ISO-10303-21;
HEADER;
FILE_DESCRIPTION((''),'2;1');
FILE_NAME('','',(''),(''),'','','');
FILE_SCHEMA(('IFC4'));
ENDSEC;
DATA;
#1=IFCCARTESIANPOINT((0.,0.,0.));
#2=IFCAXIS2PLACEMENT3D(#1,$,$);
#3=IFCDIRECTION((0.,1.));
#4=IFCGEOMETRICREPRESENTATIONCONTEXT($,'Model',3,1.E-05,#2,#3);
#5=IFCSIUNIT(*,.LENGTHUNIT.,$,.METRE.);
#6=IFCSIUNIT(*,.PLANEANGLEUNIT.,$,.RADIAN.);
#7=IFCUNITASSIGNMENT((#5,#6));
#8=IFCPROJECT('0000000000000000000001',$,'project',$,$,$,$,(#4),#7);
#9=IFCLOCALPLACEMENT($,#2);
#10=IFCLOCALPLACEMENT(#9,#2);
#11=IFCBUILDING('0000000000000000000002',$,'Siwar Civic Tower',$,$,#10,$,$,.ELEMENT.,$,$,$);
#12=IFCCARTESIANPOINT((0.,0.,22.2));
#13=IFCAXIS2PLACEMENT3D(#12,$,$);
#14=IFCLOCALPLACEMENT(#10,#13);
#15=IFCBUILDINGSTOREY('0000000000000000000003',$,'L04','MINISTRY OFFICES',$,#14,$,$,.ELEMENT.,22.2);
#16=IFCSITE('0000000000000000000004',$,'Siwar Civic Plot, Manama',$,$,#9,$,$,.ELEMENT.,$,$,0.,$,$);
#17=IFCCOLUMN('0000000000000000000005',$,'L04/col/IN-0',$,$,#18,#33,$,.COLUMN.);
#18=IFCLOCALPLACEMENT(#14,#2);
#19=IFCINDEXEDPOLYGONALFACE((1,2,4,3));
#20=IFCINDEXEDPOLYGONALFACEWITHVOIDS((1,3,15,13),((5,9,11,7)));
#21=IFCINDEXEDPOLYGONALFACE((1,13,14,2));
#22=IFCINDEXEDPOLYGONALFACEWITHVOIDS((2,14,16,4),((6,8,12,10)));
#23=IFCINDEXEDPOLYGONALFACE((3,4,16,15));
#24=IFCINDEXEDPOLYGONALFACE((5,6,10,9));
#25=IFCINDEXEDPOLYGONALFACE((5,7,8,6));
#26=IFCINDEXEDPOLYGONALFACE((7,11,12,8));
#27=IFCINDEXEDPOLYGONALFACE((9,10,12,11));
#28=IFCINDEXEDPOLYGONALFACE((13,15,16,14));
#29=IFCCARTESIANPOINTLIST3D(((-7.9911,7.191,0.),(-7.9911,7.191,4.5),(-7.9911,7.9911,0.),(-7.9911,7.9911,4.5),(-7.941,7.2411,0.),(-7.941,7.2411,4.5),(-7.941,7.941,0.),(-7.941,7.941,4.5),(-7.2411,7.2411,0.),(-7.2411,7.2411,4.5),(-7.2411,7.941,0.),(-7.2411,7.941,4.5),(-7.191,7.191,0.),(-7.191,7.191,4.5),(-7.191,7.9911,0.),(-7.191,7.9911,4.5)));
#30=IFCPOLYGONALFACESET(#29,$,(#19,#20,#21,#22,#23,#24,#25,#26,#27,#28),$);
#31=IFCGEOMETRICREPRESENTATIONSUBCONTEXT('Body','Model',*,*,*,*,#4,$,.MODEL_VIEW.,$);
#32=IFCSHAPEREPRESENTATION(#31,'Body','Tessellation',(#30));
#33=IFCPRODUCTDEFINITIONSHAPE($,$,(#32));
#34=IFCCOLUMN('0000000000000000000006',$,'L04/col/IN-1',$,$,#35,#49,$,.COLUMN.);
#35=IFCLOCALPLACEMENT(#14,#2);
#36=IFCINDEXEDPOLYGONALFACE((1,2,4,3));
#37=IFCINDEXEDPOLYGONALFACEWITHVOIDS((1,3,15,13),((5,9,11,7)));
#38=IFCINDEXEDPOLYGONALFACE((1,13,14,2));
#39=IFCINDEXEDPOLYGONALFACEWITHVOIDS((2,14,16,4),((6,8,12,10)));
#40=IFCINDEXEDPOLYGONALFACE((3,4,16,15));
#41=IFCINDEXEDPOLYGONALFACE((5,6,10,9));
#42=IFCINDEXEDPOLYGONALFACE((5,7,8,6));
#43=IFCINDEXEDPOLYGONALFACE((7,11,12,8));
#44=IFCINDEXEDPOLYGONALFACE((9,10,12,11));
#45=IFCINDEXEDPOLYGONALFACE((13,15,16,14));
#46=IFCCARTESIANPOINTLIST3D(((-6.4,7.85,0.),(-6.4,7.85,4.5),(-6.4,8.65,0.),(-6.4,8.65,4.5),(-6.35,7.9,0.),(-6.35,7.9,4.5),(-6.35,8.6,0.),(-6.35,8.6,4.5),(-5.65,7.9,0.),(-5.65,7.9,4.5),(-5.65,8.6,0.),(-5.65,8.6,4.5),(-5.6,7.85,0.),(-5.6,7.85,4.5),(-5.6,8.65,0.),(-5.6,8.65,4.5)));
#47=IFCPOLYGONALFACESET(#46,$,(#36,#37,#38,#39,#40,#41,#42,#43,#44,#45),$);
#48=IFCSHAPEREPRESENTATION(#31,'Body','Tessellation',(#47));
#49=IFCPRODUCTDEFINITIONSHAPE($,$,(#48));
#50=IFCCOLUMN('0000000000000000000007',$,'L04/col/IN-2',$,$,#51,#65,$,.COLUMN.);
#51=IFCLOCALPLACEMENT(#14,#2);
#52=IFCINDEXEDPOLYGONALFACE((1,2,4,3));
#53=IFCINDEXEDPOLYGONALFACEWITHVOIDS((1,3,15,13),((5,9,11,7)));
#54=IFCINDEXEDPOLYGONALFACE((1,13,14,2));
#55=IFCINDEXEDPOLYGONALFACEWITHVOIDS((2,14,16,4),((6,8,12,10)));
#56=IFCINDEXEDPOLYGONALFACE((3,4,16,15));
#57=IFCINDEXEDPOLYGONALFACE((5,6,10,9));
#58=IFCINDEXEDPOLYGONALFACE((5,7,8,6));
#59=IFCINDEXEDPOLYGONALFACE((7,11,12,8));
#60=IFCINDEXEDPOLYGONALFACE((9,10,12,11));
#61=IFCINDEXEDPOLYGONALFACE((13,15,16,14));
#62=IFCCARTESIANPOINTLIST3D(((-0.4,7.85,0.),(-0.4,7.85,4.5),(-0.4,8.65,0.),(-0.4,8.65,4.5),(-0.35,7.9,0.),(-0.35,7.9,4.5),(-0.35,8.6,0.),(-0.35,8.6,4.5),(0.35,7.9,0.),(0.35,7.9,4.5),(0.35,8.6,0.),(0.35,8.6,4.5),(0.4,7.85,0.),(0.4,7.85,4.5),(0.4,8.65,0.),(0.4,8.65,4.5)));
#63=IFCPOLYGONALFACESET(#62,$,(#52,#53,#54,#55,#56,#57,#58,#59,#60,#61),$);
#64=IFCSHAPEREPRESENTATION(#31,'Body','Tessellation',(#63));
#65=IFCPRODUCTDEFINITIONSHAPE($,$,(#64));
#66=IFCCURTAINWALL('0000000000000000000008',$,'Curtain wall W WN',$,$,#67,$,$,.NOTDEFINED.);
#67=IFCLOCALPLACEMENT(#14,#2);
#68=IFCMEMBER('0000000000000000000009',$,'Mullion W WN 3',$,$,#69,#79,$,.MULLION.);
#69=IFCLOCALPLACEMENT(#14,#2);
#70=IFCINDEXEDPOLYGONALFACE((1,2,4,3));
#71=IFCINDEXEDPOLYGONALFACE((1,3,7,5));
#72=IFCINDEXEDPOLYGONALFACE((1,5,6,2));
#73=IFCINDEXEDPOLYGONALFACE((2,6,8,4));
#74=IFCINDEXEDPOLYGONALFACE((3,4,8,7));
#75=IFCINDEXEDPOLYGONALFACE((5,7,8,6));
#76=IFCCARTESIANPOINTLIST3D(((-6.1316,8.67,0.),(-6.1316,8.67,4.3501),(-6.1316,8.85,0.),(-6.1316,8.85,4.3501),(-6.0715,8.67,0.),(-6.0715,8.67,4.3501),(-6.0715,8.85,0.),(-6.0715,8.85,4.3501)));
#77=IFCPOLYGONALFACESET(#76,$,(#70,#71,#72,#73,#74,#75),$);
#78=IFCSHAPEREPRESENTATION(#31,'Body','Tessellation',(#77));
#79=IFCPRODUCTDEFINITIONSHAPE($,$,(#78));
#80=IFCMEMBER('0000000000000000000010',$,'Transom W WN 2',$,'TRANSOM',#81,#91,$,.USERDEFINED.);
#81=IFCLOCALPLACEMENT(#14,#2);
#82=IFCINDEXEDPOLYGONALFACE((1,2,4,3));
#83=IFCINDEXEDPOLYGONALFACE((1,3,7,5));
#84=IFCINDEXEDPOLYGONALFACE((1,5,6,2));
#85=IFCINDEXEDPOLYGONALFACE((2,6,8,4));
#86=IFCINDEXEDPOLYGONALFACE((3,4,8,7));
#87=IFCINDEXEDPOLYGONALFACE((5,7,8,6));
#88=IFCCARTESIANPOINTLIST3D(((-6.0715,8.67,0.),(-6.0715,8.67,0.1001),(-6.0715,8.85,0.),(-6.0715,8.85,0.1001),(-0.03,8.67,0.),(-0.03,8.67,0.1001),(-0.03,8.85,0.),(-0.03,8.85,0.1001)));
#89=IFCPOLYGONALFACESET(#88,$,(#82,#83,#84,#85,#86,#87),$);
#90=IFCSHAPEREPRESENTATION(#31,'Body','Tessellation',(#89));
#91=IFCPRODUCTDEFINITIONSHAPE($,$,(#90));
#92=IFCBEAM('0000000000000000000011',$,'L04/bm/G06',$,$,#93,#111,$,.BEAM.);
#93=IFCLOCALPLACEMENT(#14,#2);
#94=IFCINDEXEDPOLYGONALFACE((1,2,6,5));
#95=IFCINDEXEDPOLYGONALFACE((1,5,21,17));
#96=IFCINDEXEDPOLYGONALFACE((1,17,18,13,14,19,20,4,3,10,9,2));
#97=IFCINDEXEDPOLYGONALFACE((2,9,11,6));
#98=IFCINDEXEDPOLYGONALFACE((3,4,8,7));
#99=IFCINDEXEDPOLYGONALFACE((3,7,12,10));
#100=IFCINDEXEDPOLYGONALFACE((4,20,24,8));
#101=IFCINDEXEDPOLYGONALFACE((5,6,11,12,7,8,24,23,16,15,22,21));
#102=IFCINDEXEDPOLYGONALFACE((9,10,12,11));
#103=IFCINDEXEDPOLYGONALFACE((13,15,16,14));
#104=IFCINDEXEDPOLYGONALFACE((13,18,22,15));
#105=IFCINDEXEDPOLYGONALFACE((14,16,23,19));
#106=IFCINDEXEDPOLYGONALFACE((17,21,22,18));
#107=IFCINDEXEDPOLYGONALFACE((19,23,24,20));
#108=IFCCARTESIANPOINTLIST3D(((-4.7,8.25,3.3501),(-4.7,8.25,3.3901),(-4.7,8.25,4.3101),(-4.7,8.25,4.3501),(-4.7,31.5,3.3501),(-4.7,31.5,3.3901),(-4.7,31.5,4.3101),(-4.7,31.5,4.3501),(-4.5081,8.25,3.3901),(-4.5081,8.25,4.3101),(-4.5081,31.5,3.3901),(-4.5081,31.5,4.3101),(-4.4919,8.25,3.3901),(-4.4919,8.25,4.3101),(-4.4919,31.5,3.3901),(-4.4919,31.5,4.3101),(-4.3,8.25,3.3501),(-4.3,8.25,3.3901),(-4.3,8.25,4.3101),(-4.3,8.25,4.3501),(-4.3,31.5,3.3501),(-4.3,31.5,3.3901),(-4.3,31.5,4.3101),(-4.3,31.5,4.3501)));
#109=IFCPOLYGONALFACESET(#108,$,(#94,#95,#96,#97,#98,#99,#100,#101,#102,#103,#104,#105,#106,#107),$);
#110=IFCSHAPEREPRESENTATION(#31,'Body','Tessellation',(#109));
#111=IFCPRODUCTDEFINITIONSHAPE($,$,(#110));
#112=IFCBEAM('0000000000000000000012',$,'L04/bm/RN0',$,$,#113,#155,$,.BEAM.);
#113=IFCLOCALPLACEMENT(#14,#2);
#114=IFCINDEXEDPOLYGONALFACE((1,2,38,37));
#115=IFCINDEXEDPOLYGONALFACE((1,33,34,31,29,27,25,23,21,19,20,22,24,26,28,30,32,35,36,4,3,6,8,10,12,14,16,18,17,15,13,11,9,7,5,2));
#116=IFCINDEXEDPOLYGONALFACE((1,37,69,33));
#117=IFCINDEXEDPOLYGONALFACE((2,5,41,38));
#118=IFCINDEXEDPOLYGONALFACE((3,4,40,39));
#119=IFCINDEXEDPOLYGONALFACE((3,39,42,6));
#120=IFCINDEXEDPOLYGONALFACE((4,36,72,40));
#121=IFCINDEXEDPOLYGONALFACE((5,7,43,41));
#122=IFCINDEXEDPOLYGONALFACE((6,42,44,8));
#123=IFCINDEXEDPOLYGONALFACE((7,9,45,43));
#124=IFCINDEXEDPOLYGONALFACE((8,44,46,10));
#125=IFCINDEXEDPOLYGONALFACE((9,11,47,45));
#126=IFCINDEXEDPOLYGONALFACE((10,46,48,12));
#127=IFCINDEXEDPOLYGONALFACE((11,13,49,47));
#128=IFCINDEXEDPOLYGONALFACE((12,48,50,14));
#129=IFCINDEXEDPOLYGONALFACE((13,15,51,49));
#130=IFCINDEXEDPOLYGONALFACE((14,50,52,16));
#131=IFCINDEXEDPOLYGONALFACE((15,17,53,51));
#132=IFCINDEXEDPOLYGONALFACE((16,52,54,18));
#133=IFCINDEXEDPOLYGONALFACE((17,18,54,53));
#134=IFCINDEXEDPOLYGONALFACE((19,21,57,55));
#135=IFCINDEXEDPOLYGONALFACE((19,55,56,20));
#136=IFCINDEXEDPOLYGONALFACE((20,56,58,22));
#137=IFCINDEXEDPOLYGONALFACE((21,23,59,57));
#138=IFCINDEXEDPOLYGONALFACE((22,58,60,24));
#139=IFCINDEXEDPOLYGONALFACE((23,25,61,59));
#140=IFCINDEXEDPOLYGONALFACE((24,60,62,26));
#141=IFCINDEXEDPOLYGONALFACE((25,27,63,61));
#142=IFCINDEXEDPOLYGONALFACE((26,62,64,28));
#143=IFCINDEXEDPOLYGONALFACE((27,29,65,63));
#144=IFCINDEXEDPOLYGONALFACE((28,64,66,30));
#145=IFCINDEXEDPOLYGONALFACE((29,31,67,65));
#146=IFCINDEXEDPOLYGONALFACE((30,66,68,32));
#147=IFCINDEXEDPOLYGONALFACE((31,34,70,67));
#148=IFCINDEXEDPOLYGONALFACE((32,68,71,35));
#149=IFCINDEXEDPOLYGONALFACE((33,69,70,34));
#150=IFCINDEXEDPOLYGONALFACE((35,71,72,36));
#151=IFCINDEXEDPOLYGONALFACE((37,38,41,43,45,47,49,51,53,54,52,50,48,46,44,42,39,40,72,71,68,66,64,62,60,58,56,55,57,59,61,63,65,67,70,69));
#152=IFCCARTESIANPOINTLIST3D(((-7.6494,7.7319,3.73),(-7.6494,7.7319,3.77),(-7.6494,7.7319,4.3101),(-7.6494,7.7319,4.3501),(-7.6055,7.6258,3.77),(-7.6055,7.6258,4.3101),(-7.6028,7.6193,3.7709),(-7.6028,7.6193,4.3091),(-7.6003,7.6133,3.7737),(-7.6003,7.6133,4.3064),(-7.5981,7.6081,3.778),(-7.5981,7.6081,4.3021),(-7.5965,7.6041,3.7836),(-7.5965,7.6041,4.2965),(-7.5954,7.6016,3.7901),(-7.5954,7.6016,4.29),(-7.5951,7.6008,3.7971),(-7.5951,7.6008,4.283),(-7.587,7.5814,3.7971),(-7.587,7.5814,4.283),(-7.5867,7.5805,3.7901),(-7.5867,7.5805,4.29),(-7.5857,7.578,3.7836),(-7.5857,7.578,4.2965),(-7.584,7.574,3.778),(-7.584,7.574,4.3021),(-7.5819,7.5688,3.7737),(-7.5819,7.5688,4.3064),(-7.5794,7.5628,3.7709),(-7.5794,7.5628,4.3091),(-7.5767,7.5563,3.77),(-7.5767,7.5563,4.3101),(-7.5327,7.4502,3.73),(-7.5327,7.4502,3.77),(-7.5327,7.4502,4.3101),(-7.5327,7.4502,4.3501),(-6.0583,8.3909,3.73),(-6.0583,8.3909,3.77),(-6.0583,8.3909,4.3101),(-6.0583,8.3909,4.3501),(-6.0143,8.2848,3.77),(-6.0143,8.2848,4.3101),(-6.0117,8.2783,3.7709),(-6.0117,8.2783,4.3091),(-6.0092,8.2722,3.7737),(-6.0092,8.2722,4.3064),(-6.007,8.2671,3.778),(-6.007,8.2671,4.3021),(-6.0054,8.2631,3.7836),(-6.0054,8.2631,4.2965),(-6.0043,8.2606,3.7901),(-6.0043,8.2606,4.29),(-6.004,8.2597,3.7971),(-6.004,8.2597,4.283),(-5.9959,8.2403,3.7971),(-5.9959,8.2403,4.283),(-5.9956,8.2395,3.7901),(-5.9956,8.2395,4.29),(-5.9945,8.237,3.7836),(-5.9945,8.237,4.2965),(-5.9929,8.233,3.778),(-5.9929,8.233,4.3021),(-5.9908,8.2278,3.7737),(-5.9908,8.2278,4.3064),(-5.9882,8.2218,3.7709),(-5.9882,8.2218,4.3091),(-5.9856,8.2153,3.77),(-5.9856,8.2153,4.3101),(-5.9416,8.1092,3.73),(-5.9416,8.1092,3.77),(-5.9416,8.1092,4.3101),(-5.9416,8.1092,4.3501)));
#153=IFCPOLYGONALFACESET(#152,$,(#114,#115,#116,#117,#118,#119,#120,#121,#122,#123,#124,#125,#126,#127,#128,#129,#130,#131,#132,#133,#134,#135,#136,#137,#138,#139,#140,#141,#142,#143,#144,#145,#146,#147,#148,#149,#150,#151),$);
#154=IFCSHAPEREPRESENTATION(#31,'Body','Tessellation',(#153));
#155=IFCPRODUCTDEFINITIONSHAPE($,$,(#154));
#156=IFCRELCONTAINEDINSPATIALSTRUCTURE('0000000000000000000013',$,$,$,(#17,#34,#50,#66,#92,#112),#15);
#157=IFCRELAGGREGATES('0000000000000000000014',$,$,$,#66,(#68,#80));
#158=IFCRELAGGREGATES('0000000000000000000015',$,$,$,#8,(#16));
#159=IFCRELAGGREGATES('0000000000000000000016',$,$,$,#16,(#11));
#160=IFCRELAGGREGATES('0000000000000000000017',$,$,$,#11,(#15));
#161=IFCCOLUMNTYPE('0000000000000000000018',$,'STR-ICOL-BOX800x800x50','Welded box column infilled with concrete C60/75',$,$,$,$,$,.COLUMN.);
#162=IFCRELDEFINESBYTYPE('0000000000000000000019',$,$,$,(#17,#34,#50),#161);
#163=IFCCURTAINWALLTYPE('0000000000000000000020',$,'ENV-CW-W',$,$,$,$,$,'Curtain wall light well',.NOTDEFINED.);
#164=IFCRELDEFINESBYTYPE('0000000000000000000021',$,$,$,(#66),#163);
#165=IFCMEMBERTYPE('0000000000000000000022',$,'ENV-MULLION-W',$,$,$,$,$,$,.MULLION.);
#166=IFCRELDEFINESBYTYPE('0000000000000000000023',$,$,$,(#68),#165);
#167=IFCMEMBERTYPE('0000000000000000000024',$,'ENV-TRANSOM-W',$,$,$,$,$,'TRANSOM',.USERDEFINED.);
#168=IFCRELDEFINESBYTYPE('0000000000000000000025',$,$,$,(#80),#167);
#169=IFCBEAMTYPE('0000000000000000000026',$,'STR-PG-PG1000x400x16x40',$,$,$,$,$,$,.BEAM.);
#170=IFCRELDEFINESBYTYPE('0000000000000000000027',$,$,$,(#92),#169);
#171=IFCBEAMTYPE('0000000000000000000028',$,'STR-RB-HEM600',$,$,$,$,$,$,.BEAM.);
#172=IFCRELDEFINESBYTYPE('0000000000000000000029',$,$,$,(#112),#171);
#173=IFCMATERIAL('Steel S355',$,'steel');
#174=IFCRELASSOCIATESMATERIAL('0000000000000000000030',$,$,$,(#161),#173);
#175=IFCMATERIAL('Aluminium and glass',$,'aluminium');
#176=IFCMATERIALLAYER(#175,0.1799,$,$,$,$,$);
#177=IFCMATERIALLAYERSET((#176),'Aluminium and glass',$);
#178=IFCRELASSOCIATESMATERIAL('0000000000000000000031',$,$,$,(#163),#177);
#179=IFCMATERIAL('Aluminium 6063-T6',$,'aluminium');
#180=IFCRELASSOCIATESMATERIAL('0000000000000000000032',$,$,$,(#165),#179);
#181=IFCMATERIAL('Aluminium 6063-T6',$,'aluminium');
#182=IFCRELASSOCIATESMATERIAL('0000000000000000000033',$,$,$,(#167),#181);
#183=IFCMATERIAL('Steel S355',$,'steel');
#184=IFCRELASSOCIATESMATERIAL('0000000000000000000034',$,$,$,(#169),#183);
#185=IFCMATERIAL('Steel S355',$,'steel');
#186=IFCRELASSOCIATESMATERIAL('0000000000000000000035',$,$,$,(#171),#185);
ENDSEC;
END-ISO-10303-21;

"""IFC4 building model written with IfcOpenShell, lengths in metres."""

from ifc_helpers import new_model, si_unit, direction, frame, origin, origin_2d, place, context, subcontext, project, spatial, rectangle, hollow_rectangle, i_section, extrude, material, layer, layer_set, material_profile, profile_set, type_object, element, aggregate, save


model = new_model("IFC4")

# Units and contexts
model_context = context("Model", 3, precision=1e-05, world=origin(), true_north=direction((0.0, 1.0)))
body_context = subcontext(model_context, "Body", "Model", "MODEL_VIEW")
ifc_project = project(units=[si_unit("LENGTHUNIT", "METRE"), si_unit("PLANEANGLEUNIT", "RADIAN")], contexts=[model_context])

# Site, building, storey
site_placement = place(None, origin())
site = spatial("IfcSite", under=ifc_project, at=site_placement, Name="Siwar Civic Plot, Manama", CompositionType="ELEMENT", RefElevation=0.0)
building_placement = place(site_placement, origin())
building = spatial("IfcBuilding", under=site, at=building_placement, Name="Siwar Civic Tower", CompositionType="ELEMENT")
storey_placement = place(building_placement, frame((0.0, 0.0, 22.2)))
storey = spatial("IfcBuildingStorey", under=building, at=storey_placement, Name="L04", Description="MINISTRY OFFICES", CompositionType="ELEMENT", Elevation=22.2)

# Columns
ifc_material_1 = material(Name="Steel S355", Category="steel")
ifc_material_profile_1 = material_profile(ifc_material_1, hollow_rectangle(XDim=0.8, YDim=0.8, WallThickness=0.05, at=origin_2d()), Name="BOX800x800x50")
ifc_profile_set_1 = profile_set([ifc_material_profile_1], Name="Steel S355")
column_type = type_object("IfcColumnType", Name="STR-ICOL-BOX800x800x50", Description="Welded box column infilled with concrete C60/75", PredefinedType="COLUMN", material=ifc_profile_set_1)
for number, where, z_axis, x_axis, name in (
    (1, (-7.5911, 7.5911, 0.0), (0.0, 0.0, 1.0), (1.0, 0.0, 0.0), "L04/col/IN-0"),
    (2, (-6.0, 8.25, 0.0), (0.0, 0.0, 1.0), (1.0, 0.0, 0.0), "L04/col/IN-1"),
    (3, (0.0, 8.25, 0.0), (0.0, 0.0, 1.0), (1.0, 0.0, 0.0), "L04/col/IN-2"),
):
    element("IfcColumn", number, at=place(storey_placement, frame(where, z_axis=z_axis, x_axis=x_axis)), inside=storey, type_object=column_type, Name=name, PredefinedType="COLUMN", context=body_context, shape_type="SweptSolid", body=[
        extrude(hollow_rectangle(XDim=0.8, YDim=0.8, WallThickness=0.05, at=origin_2d()), origin(), (0.0, 0.0, 1.0), 4.5),
    ])

# Curtain wall, members
ifc_material_2 = material(Name="Aluminium and glass", Category="aluminium")
ifc_layer_1 = layer(ifc_material_2, 0.1799)
ifc_layer_set_1 = layer_set([ifc_layer_1], Name="Aluminium and glass")
curtain_wall_type = type_object("IfcCurtainWallType", Name="ENV-CW-W", ElementType="Curtain wall light well", PredefinedType="NOTDEFINED", material=ifc_layer_set_1)
curtain_wall_placement = place(storey_placement, origin())
curtain_wall = element("IfcCurtainWall", 4, at=curtain_wall_placement, inside=storey, type_object=curtain_wall_type, Name="Curtain wall W WN", PredefinedType="NOTDEFINED")
ifc_material_3 = material(Name="Aluminium 6063-T6", Category="aluminium")
ifc_material_profile_2 = material_profile(ifc_material_3, rectangle(XDim=0.1799, YDim=0.0601, at=origin_2d()), Name="AL 180x60")
ifc_profile_set_2 = profile_set([ifc_material_profile_2], Name="Aluminium 6063-T6")
member_type_1 = type_object("IfcMemberType", Name="ENV-MULLION-W", PredefinedType="MULLION", material=ifc_profile_set_2)
member_1_placement = place(storey_placement, frame((-6.1016, 8.76, 0.0), z_axis=(0.0, 0.0, 1.0), x_axis=(0.0, -1.0, 0.0)))
member_1 = element("IfcMember", 5, at=member_1_placement, type_object=member_type_1, Name="Mullion W WN 3", PredefinedType="MULLION", context=body_context, shape_type="SweptSolid", body=[
    extrude(rectangle(XDim=0.1799, YDim=0.0601, at=origin_2d()), origin(), (0.0, 0.0, 1.0), 4.3501),
])
ifc_material_4 = material(Name="Aluminium 6063-T6", Category="aluminium")
ifc_material_profile_3 = material_profile(ifc_material_4, rectangle(XDim=0.1799, YDim=0.1001, at=origin_2d()), Name="AL 180x100")
ifc_profile_set_3 = profile_set([ifc_material_profile_3], Name="Aluminium 6063-T6")
member_type_2 = type_object("IfcMemberType", Name="ENV-TRANSOM-W", ElementType="TRANSOM", PredefinedType="USERDEFINED", material=ifc_profile_set_3)
member_2_placement = place(storey_placement, frame((-0.03, 8.76, 0.05), z_axis=(-1.0, 0.0, 0.0), x_axis=(0.0, -1.0, 0.0)))
member_2 = element("IfcMember", 6, at=member_2_placement, type_object=member_type_2, Name="Transom W WN 2", ObjectType="TRANSOM", PredefinedType="USERDEFINED", context=body_context, shape_type="SweptSolid", body=[
    extrude(rectangle(XDim=0.1799, YDim=0.1001, at=origin_2d()), origin(), (0.0, 0.0, 1.0), 6.0415),
])

# Beams
ifc_material_5 = material(Name="Steel S355", Category="steel")
ifc_material_profile_4 = material_profile(ifc_material_5, i_section(OverallWidth=0.3999, OverallDepth=1.0, WebThickness=0.0161, FlangeThickness=0.04, at=origin_2d()), Name="PG1000x400x16x40")
ifc_profile_set_4 = profile_set([ifc_material_profile_4], Name="Steel S355")
beam_type_1 = type_object("IfcBeamType", Name="STR-PG-PG1000x400x16x40", PredefinedType="BEAM", material=ifc_profile_set_4)
beam_1_placement = place(storey_placement, frame((-4.5, 8.25, 3.8501), z_axis=(0.0, 1.0, 0.0), x_axis=(-1.0, 0.0, 0.0)))
element("IfcBeam", 7, at=beam_1_placement, inside=storey, type_object=beam_type_1, Name="L04/bm/G06", PredefinedType="BEAM", context=body_context, shape_type="SweptSolid", body=[
    extrude(i_section(OverallWidth=0.3999, OverallDepth=1.0, WebThickness=0.0161, FlangeThickness=0.04, at=origin_2d()), origin(), (0.0, 0.0, 1.0), 23.25),
])
ifc_material_6 = material(Name="Steel S355", Category="steel")
ifc_material_profile_5 = material_profile(ifc_material_6, i_section(OverallWidth=0.3049, OverallDepth=0.6201, WebThickness=0.021, FlangeThickness=0.04, FilletRadius=0.0271, at=origin_2d()), Name="HEM600")
ifc_profile_set_5 = profile_set([ifc_material_profile_5], Name="Steel S355")
beam_type_2 = type_object("IfcBeamType", Name="STR-RB-HEM600", PredefinedType="BEAM", material=ifc_profile_set_5)
beam_2_placement = place(storey_placement, frame((-7.5911, 7.5911, 4.04), z_axis=(0.923901, 0.382631, 0.0), x_axis=(-0.382631, 0.923901, 0.0)))
element("IfcBeam", 8, at=beam_2_placement, inside=storey, type_object=beam_type_2, Name="L04/bm/RN0", PredefinedType="BEAM", context=body_context, shape_type="SweptSolid", body=[
    extrude(i_section(OverallWidth=0.3049, OverallDepth=0.6201, WebThickness=0.021, FlangeThickness=0.04, FilletRadius=0.0271, at=origin_2d()), origin(), (0.0, 0.0, 1.0), 1.7222),
])

aggregate(curtain_wall, [member_1, member_2])

save(model, "model.ifc")
